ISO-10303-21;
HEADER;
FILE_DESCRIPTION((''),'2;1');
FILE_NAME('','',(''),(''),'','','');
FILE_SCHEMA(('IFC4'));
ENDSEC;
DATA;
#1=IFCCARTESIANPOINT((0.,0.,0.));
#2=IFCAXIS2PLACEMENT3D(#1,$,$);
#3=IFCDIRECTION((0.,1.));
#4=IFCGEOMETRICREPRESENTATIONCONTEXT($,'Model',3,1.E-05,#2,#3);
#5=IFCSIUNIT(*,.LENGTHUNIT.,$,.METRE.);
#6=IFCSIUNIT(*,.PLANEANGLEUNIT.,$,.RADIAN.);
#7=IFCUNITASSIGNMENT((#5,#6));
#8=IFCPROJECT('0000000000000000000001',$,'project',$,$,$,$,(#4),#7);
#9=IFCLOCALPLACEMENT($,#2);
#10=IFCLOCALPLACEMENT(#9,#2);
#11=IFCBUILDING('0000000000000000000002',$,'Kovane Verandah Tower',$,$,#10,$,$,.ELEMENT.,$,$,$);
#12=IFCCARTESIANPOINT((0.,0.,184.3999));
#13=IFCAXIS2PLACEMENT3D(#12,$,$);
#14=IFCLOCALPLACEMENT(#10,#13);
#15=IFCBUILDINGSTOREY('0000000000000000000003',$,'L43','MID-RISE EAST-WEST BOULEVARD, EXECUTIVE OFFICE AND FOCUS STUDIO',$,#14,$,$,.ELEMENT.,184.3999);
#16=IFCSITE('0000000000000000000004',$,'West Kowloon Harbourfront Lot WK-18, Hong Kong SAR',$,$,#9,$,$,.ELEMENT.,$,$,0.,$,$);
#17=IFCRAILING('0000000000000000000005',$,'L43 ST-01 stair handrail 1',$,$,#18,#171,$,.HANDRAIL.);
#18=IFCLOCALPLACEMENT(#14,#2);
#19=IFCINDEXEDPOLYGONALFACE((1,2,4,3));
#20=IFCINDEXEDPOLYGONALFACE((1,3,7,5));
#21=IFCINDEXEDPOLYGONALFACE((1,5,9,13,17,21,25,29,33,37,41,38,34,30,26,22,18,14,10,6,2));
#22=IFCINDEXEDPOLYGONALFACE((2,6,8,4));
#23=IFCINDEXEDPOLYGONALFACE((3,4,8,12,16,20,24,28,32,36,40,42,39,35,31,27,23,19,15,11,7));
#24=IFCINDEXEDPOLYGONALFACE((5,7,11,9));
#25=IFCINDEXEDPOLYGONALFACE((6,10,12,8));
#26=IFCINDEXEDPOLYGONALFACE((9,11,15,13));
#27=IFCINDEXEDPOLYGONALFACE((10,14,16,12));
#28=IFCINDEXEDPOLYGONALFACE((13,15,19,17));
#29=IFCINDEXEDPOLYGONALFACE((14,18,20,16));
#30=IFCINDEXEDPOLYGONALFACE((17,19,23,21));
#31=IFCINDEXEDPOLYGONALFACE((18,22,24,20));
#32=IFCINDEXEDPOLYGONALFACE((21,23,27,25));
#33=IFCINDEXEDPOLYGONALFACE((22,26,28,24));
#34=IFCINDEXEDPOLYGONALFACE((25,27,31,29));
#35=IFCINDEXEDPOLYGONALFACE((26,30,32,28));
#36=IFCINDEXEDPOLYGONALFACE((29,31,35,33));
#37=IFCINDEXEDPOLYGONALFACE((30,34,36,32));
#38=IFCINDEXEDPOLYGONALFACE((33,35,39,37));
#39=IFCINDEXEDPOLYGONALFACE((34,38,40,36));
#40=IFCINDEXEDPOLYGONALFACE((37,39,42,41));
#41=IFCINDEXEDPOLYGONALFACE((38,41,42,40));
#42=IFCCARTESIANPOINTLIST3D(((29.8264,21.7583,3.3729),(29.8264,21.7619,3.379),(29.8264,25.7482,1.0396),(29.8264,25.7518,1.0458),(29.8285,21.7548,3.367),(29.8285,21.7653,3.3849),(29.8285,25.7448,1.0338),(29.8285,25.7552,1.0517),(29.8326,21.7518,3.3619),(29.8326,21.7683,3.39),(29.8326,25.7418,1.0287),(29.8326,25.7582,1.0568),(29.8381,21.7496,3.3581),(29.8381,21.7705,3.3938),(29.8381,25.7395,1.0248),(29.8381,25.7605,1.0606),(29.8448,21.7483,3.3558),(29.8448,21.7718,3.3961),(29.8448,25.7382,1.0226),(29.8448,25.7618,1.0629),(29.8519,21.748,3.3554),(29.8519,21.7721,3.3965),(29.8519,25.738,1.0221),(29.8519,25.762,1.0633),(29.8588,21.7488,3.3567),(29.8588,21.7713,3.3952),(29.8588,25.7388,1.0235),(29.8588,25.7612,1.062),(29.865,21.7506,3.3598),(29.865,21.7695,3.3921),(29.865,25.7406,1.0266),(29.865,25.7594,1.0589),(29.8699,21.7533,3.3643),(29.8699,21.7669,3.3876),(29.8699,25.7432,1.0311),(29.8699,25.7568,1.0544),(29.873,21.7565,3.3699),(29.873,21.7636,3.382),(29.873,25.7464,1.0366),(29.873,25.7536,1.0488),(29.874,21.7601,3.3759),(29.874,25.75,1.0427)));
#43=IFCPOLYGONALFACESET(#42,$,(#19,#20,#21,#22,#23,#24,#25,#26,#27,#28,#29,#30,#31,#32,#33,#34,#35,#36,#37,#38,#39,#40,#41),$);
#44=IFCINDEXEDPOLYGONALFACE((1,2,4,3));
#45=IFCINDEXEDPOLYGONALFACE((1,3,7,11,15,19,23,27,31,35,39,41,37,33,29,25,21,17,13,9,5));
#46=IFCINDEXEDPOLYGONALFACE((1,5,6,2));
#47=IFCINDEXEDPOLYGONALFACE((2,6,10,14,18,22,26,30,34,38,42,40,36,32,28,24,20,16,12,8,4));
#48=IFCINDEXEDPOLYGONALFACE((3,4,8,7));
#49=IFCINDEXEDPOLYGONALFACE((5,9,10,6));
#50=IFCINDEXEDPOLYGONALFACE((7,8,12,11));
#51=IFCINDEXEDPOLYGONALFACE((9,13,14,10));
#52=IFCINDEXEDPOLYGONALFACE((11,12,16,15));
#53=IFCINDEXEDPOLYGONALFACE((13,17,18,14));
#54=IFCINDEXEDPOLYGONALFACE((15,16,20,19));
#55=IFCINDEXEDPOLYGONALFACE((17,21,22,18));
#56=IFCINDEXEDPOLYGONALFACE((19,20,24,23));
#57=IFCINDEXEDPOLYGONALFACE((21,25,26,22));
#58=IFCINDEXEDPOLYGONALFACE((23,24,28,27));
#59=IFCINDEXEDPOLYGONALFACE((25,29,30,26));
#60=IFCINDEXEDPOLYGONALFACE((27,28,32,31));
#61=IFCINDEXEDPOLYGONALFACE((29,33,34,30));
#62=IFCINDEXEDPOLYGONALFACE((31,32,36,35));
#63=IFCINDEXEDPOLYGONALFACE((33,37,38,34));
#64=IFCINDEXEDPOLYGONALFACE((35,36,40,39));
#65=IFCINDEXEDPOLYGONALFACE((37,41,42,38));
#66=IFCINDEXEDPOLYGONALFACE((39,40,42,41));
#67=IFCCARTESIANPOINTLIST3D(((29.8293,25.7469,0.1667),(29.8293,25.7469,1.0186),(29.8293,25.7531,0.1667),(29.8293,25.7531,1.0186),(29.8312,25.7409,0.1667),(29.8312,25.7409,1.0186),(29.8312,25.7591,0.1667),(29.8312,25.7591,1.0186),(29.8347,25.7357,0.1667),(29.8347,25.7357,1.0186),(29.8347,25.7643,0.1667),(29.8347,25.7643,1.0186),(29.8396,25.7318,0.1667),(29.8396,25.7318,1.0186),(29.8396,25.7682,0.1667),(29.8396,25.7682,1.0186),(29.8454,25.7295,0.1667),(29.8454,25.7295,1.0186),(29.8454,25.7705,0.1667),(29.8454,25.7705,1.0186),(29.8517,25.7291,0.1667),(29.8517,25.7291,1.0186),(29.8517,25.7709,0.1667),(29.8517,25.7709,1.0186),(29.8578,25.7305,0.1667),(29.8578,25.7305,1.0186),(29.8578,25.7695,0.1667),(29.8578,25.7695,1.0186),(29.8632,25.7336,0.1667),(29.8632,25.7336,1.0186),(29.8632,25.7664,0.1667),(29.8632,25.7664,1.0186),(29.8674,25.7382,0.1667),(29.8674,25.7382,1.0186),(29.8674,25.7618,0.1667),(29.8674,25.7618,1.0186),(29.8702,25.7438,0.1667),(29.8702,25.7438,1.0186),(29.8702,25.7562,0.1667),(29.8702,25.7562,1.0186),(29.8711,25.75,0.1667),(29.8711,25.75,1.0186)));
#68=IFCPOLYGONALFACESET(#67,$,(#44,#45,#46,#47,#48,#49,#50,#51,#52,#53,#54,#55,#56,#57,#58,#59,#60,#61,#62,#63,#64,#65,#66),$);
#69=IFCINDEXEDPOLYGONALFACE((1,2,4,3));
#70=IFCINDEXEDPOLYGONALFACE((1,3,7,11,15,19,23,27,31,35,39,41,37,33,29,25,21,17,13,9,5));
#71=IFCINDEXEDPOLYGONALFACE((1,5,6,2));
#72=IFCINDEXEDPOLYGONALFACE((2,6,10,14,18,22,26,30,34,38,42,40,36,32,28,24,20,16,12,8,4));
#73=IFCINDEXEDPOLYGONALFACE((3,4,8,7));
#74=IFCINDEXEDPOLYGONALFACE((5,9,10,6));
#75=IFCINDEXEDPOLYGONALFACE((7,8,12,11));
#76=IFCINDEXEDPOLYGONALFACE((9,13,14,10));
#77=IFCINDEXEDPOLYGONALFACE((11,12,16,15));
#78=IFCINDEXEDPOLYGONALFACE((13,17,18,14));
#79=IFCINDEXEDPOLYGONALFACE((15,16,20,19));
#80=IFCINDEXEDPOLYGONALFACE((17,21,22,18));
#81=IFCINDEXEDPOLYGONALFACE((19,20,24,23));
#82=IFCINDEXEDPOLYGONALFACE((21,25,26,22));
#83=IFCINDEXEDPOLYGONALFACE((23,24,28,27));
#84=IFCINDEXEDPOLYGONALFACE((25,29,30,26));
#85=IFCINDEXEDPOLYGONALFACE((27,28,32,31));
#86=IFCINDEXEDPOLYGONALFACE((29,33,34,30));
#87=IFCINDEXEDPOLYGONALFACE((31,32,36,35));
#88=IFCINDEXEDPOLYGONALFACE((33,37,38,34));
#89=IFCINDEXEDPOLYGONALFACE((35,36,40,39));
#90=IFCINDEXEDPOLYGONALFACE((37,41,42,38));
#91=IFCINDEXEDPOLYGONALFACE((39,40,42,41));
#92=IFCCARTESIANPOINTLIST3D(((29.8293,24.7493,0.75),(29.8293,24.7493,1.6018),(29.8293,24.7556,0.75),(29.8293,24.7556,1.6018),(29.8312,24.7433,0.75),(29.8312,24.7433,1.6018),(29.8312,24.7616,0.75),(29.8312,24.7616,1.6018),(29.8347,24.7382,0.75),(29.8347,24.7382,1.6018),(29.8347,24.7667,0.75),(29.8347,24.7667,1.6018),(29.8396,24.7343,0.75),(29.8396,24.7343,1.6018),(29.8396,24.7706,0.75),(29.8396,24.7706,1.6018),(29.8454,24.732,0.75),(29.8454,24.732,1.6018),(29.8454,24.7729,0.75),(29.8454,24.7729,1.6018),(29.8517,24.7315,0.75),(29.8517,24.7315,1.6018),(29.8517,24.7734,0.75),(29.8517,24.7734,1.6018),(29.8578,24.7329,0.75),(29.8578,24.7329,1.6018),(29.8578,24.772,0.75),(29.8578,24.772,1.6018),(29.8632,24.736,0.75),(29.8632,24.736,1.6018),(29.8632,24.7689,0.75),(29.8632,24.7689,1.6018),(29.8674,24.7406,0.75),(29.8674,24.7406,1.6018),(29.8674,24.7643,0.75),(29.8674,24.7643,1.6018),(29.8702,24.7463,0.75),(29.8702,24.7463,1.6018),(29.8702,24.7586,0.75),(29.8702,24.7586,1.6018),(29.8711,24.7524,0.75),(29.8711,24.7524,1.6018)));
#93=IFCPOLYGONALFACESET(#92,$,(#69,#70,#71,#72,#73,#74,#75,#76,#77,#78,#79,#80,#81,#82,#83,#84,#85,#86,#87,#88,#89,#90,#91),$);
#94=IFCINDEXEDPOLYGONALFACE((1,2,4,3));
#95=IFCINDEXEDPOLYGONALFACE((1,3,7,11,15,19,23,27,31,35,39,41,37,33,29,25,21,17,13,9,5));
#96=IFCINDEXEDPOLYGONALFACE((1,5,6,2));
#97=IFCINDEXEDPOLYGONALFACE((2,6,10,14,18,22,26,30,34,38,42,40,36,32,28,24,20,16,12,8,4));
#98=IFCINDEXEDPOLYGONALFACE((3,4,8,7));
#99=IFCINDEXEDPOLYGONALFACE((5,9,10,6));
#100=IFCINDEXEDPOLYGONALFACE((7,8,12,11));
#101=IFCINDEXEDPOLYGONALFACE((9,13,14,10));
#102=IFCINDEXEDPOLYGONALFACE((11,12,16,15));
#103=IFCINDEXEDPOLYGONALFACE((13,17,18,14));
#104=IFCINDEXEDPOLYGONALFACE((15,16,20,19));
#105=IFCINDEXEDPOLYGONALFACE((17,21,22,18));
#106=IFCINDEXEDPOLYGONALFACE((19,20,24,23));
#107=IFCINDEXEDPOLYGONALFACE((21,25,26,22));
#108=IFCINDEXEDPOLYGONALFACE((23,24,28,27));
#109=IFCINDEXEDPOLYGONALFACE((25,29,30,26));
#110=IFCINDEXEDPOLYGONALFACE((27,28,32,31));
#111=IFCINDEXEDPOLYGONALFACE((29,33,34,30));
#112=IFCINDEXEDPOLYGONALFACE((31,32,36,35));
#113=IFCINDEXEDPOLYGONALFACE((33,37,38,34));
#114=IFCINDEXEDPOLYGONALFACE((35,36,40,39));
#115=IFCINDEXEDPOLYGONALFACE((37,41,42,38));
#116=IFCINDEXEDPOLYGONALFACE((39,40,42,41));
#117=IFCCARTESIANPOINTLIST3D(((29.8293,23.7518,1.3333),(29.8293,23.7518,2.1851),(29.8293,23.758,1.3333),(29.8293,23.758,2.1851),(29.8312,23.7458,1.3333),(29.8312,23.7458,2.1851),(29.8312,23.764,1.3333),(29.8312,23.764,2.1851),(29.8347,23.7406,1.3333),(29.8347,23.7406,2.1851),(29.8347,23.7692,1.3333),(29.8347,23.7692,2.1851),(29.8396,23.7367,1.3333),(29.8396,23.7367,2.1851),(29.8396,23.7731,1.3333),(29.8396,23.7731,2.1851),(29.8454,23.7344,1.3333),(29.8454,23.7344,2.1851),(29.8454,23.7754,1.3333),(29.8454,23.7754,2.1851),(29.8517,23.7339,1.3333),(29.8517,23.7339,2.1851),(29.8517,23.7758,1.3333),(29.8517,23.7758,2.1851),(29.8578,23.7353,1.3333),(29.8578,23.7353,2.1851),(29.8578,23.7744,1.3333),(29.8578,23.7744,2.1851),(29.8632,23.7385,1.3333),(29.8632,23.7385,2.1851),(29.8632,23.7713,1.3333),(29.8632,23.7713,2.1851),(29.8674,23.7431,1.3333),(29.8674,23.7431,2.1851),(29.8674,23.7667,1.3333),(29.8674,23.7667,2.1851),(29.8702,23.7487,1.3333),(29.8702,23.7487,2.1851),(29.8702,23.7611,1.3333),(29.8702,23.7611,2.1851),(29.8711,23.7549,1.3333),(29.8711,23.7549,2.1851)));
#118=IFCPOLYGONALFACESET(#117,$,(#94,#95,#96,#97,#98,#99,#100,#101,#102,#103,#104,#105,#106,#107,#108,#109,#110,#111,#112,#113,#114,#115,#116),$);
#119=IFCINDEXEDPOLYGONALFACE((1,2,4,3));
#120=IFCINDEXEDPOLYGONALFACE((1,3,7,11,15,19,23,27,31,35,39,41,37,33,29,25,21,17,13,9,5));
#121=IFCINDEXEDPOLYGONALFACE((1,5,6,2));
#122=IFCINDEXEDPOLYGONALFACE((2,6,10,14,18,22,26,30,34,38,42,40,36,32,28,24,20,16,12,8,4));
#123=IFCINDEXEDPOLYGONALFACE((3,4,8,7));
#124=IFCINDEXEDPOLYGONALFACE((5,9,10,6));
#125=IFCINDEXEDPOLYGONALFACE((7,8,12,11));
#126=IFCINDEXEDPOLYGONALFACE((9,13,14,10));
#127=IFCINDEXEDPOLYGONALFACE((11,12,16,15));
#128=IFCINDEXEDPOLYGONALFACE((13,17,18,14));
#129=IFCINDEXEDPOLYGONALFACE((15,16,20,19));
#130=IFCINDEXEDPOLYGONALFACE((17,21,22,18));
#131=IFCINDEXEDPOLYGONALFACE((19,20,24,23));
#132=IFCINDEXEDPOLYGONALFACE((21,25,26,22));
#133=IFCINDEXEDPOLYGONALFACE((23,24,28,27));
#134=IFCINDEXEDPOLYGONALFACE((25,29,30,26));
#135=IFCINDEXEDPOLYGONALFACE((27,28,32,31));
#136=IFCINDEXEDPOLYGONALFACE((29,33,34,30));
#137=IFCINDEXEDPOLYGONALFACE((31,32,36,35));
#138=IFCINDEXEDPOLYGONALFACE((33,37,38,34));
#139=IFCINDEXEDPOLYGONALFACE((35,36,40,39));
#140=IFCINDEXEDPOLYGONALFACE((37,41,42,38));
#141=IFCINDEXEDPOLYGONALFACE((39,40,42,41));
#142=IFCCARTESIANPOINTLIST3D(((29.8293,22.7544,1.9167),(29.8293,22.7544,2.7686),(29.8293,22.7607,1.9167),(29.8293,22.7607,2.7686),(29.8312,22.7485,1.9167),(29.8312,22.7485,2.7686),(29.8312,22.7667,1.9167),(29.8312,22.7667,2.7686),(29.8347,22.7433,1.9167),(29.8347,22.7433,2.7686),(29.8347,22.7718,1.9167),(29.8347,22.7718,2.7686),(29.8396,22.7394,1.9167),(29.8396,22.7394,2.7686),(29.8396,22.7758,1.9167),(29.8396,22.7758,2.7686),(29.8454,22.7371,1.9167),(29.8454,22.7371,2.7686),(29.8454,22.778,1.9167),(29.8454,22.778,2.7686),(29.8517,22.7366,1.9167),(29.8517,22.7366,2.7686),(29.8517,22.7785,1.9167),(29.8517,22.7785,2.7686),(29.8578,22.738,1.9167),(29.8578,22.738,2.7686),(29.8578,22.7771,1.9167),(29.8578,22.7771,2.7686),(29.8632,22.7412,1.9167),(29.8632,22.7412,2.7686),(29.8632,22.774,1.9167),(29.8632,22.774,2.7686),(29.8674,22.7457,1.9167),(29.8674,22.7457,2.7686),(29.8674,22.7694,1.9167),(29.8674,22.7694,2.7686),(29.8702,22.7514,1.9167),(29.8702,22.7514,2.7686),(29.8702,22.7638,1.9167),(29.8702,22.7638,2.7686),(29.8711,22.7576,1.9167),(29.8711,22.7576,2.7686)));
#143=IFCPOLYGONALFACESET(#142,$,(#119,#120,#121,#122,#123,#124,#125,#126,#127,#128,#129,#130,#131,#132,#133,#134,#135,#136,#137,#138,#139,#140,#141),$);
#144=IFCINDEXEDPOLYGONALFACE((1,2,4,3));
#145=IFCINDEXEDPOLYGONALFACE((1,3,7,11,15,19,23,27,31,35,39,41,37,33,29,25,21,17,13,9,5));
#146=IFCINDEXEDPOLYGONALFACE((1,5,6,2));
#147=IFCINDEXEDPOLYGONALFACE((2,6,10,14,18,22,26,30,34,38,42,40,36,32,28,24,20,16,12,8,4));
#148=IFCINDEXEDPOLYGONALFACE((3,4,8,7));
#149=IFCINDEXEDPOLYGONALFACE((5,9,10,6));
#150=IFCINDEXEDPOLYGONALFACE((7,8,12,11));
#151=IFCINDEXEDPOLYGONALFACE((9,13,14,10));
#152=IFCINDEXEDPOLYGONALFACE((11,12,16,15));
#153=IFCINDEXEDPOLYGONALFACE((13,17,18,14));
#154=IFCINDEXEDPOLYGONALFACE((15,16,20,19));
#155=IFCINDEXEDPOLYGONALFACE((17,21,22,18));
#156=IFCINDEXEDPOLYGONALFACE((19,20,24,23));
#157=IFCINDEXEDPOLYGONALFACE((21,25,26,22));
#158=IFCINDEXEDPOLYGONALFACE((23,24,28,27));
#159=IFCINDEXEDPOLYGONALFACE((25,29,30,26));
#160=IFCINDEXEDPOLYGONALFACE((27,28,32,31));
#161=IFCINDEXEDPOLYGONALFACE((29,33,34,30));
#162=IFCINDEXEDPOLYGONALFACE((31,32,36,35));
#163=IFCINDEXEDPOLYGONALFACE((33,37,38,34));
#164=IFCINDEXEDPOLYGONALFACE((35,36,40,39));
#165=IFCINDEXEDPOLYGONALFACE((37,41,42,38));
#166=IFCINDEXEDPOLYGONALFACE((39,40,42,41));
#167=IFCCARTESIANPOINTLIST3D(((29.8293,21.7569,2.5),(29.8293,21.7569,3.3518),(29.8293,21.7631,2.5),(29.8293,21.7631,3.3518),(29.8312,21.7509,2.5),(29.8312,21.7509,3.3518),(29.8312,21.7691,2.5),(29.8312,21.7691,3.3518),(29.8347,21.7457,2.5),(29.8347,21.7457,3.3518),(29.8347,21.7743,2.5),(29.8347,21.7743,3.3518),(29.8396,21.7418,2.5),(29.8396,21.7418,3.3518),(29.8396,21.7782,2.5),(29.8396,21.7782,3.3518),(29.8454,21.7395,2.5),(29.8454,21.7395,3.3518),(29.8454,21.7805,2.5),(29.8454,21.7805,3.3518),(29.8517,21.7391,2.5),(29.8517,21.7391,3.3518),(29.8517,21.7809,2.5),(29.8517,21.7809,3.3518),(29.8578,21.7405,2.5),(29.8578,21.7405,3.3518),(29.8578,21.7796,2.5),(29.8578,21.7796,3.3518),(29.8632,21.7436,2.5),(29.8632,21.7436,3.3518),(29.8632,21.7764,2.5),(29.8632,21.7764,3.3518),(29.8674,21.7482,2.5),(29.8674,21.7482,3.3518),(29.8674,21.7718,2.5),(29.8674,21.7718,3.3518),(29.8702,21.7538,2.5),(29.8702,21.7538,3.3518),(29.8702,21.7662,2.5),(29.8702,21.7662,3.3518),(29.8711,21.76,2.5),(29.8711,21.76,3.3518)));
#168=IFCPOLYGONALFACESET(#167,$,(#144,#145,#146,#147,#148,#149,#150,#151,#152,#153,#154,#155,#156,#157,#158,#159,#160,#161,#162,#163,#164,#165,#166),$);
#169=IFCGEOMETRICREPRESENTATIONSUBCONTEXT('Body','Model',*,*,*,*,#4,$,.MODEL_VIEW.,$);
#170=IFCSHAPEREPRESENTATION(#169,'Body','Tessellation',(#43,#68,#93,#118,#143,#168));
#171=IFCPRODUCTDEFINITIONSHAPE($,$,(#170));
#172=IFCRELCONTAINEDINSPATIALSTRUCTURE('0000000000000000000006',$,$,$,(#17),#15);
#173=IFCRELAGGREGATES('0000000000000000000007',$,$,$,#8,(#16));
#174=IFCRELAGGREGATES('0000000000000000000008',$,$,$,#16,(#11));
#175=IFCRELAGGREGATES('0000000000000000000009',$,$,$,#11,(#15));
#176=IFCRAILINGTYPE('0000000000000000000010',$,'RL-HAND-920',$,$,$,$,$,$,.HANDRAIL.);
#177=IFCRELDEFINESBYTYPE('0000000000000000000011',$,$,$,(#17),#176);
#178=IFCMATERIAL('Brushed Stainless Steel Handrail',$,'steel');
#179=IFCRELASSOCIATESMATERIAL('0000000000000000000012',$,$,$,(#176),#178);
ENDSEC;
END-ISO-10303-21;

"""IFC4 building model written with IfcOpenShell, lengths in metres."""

from ifc_helpers import new_model, si_unit, direction, frame, origin, origin_2d, place, context, subcontext, project, spatial, circle, extrude, material, type_object, element, save


model = new_model("IFC4")

# Units and contexts
model_context = context("Model", 3, precision=1e-05, world=origin(), true_north=direction((0.0, 1.0)))
body_context = subcontext(model_context, "Body", "Model", "MODEL_VIEW")
ifc_project = project(units=[si_unit("LENGTHUNIT", "METRE"), si_unit("PLANEANGLEUNIT", "RADIAN")], contexts=[model_context])

# Site, building, storey
site_placement = place(None, origin())
site = spatial("IfcSite", under=ifc_project, at=site_placement, Name="West Kowloon Harbourfront Lot WK-18, Hong Kong SAR", CompositionType="ELEMENT", RefElevation=0.0)
building_placement = place(site_placement, origin())
building = spatial("IfcBuilding", under=site, at=building_placement, Name="Kovane Verandah Tower", CompositionType="ELEMENT")
storey_placement = place(building_placement, frame((0.0, 0.0, 184.3999)))
storey = spatial("IfcBuildingStorey", under=building, at=storey_placement, Name="L43", Description="MID-RISE EAST-WEST BOULEVARD, EXECUTIVE OFFICE AND FOCUS STUDIO", CompositionType="ELEMENT", Elevation=184.3999)

# Railing
ifc_material_1 = material(Name="Brushed Stainless Steel Handrail", Category="steel")
railing_type_1 = type_object("IfcRailingType", Name="RL-HAND-920", PredefinedType="HANDRAIL", material=ifc_material_1)
railing_1_placement = place(storey_placement, frame((29.8501, 25.75, 0.1667)))
element("IfcRailing", 1, at=railing_1_placement, inside=storey, type_object=railing_type_1, Name="L43 ST-01 stair handrail 1", PredefinedType="HANDRAIL", context=body_context, shape_type="SweptSolid", body=[
    extrude(circle(Radius=0.0239, at=origin_2d()), frame((0.0, 0.0, 0.876), z_axis=(0.0, -0.863236, 0.5048), x_axis=(1.0, 0.0, 0.0)), (0.0, 0.0, 1.0), 4.6221),
    extrude(circle(Radius=0.021, at=origin_2d()), origin(), (0.0, 0.0, 1.0), 0.8518),
    extrude(circle(Radius=0.021, at=origin_2d()), frame((0.0, -0.9976, 0.5833)), (0.0, 0.0, 1.0), 0.8518),
    extrude(circle(Radius=0.021, at=origin_2d()), frame((0.0, -1.9951, 1.1665)), (0.0, 0.0, 1.0), 0.8518),
    extrude(circle(Radius=0.021, at=origin_2d()), frame((0.0, -2.9924, 1.75)), (0.0, 0.0, 1.0), 0.8518),
    extrude(circle(Radius=0.021, at=origin_2d()), frame((0.0, -3.99, 2.3333)), (0.0, 0.0, 1.0), 0.8518),
])

save(model, "model.ifc")
